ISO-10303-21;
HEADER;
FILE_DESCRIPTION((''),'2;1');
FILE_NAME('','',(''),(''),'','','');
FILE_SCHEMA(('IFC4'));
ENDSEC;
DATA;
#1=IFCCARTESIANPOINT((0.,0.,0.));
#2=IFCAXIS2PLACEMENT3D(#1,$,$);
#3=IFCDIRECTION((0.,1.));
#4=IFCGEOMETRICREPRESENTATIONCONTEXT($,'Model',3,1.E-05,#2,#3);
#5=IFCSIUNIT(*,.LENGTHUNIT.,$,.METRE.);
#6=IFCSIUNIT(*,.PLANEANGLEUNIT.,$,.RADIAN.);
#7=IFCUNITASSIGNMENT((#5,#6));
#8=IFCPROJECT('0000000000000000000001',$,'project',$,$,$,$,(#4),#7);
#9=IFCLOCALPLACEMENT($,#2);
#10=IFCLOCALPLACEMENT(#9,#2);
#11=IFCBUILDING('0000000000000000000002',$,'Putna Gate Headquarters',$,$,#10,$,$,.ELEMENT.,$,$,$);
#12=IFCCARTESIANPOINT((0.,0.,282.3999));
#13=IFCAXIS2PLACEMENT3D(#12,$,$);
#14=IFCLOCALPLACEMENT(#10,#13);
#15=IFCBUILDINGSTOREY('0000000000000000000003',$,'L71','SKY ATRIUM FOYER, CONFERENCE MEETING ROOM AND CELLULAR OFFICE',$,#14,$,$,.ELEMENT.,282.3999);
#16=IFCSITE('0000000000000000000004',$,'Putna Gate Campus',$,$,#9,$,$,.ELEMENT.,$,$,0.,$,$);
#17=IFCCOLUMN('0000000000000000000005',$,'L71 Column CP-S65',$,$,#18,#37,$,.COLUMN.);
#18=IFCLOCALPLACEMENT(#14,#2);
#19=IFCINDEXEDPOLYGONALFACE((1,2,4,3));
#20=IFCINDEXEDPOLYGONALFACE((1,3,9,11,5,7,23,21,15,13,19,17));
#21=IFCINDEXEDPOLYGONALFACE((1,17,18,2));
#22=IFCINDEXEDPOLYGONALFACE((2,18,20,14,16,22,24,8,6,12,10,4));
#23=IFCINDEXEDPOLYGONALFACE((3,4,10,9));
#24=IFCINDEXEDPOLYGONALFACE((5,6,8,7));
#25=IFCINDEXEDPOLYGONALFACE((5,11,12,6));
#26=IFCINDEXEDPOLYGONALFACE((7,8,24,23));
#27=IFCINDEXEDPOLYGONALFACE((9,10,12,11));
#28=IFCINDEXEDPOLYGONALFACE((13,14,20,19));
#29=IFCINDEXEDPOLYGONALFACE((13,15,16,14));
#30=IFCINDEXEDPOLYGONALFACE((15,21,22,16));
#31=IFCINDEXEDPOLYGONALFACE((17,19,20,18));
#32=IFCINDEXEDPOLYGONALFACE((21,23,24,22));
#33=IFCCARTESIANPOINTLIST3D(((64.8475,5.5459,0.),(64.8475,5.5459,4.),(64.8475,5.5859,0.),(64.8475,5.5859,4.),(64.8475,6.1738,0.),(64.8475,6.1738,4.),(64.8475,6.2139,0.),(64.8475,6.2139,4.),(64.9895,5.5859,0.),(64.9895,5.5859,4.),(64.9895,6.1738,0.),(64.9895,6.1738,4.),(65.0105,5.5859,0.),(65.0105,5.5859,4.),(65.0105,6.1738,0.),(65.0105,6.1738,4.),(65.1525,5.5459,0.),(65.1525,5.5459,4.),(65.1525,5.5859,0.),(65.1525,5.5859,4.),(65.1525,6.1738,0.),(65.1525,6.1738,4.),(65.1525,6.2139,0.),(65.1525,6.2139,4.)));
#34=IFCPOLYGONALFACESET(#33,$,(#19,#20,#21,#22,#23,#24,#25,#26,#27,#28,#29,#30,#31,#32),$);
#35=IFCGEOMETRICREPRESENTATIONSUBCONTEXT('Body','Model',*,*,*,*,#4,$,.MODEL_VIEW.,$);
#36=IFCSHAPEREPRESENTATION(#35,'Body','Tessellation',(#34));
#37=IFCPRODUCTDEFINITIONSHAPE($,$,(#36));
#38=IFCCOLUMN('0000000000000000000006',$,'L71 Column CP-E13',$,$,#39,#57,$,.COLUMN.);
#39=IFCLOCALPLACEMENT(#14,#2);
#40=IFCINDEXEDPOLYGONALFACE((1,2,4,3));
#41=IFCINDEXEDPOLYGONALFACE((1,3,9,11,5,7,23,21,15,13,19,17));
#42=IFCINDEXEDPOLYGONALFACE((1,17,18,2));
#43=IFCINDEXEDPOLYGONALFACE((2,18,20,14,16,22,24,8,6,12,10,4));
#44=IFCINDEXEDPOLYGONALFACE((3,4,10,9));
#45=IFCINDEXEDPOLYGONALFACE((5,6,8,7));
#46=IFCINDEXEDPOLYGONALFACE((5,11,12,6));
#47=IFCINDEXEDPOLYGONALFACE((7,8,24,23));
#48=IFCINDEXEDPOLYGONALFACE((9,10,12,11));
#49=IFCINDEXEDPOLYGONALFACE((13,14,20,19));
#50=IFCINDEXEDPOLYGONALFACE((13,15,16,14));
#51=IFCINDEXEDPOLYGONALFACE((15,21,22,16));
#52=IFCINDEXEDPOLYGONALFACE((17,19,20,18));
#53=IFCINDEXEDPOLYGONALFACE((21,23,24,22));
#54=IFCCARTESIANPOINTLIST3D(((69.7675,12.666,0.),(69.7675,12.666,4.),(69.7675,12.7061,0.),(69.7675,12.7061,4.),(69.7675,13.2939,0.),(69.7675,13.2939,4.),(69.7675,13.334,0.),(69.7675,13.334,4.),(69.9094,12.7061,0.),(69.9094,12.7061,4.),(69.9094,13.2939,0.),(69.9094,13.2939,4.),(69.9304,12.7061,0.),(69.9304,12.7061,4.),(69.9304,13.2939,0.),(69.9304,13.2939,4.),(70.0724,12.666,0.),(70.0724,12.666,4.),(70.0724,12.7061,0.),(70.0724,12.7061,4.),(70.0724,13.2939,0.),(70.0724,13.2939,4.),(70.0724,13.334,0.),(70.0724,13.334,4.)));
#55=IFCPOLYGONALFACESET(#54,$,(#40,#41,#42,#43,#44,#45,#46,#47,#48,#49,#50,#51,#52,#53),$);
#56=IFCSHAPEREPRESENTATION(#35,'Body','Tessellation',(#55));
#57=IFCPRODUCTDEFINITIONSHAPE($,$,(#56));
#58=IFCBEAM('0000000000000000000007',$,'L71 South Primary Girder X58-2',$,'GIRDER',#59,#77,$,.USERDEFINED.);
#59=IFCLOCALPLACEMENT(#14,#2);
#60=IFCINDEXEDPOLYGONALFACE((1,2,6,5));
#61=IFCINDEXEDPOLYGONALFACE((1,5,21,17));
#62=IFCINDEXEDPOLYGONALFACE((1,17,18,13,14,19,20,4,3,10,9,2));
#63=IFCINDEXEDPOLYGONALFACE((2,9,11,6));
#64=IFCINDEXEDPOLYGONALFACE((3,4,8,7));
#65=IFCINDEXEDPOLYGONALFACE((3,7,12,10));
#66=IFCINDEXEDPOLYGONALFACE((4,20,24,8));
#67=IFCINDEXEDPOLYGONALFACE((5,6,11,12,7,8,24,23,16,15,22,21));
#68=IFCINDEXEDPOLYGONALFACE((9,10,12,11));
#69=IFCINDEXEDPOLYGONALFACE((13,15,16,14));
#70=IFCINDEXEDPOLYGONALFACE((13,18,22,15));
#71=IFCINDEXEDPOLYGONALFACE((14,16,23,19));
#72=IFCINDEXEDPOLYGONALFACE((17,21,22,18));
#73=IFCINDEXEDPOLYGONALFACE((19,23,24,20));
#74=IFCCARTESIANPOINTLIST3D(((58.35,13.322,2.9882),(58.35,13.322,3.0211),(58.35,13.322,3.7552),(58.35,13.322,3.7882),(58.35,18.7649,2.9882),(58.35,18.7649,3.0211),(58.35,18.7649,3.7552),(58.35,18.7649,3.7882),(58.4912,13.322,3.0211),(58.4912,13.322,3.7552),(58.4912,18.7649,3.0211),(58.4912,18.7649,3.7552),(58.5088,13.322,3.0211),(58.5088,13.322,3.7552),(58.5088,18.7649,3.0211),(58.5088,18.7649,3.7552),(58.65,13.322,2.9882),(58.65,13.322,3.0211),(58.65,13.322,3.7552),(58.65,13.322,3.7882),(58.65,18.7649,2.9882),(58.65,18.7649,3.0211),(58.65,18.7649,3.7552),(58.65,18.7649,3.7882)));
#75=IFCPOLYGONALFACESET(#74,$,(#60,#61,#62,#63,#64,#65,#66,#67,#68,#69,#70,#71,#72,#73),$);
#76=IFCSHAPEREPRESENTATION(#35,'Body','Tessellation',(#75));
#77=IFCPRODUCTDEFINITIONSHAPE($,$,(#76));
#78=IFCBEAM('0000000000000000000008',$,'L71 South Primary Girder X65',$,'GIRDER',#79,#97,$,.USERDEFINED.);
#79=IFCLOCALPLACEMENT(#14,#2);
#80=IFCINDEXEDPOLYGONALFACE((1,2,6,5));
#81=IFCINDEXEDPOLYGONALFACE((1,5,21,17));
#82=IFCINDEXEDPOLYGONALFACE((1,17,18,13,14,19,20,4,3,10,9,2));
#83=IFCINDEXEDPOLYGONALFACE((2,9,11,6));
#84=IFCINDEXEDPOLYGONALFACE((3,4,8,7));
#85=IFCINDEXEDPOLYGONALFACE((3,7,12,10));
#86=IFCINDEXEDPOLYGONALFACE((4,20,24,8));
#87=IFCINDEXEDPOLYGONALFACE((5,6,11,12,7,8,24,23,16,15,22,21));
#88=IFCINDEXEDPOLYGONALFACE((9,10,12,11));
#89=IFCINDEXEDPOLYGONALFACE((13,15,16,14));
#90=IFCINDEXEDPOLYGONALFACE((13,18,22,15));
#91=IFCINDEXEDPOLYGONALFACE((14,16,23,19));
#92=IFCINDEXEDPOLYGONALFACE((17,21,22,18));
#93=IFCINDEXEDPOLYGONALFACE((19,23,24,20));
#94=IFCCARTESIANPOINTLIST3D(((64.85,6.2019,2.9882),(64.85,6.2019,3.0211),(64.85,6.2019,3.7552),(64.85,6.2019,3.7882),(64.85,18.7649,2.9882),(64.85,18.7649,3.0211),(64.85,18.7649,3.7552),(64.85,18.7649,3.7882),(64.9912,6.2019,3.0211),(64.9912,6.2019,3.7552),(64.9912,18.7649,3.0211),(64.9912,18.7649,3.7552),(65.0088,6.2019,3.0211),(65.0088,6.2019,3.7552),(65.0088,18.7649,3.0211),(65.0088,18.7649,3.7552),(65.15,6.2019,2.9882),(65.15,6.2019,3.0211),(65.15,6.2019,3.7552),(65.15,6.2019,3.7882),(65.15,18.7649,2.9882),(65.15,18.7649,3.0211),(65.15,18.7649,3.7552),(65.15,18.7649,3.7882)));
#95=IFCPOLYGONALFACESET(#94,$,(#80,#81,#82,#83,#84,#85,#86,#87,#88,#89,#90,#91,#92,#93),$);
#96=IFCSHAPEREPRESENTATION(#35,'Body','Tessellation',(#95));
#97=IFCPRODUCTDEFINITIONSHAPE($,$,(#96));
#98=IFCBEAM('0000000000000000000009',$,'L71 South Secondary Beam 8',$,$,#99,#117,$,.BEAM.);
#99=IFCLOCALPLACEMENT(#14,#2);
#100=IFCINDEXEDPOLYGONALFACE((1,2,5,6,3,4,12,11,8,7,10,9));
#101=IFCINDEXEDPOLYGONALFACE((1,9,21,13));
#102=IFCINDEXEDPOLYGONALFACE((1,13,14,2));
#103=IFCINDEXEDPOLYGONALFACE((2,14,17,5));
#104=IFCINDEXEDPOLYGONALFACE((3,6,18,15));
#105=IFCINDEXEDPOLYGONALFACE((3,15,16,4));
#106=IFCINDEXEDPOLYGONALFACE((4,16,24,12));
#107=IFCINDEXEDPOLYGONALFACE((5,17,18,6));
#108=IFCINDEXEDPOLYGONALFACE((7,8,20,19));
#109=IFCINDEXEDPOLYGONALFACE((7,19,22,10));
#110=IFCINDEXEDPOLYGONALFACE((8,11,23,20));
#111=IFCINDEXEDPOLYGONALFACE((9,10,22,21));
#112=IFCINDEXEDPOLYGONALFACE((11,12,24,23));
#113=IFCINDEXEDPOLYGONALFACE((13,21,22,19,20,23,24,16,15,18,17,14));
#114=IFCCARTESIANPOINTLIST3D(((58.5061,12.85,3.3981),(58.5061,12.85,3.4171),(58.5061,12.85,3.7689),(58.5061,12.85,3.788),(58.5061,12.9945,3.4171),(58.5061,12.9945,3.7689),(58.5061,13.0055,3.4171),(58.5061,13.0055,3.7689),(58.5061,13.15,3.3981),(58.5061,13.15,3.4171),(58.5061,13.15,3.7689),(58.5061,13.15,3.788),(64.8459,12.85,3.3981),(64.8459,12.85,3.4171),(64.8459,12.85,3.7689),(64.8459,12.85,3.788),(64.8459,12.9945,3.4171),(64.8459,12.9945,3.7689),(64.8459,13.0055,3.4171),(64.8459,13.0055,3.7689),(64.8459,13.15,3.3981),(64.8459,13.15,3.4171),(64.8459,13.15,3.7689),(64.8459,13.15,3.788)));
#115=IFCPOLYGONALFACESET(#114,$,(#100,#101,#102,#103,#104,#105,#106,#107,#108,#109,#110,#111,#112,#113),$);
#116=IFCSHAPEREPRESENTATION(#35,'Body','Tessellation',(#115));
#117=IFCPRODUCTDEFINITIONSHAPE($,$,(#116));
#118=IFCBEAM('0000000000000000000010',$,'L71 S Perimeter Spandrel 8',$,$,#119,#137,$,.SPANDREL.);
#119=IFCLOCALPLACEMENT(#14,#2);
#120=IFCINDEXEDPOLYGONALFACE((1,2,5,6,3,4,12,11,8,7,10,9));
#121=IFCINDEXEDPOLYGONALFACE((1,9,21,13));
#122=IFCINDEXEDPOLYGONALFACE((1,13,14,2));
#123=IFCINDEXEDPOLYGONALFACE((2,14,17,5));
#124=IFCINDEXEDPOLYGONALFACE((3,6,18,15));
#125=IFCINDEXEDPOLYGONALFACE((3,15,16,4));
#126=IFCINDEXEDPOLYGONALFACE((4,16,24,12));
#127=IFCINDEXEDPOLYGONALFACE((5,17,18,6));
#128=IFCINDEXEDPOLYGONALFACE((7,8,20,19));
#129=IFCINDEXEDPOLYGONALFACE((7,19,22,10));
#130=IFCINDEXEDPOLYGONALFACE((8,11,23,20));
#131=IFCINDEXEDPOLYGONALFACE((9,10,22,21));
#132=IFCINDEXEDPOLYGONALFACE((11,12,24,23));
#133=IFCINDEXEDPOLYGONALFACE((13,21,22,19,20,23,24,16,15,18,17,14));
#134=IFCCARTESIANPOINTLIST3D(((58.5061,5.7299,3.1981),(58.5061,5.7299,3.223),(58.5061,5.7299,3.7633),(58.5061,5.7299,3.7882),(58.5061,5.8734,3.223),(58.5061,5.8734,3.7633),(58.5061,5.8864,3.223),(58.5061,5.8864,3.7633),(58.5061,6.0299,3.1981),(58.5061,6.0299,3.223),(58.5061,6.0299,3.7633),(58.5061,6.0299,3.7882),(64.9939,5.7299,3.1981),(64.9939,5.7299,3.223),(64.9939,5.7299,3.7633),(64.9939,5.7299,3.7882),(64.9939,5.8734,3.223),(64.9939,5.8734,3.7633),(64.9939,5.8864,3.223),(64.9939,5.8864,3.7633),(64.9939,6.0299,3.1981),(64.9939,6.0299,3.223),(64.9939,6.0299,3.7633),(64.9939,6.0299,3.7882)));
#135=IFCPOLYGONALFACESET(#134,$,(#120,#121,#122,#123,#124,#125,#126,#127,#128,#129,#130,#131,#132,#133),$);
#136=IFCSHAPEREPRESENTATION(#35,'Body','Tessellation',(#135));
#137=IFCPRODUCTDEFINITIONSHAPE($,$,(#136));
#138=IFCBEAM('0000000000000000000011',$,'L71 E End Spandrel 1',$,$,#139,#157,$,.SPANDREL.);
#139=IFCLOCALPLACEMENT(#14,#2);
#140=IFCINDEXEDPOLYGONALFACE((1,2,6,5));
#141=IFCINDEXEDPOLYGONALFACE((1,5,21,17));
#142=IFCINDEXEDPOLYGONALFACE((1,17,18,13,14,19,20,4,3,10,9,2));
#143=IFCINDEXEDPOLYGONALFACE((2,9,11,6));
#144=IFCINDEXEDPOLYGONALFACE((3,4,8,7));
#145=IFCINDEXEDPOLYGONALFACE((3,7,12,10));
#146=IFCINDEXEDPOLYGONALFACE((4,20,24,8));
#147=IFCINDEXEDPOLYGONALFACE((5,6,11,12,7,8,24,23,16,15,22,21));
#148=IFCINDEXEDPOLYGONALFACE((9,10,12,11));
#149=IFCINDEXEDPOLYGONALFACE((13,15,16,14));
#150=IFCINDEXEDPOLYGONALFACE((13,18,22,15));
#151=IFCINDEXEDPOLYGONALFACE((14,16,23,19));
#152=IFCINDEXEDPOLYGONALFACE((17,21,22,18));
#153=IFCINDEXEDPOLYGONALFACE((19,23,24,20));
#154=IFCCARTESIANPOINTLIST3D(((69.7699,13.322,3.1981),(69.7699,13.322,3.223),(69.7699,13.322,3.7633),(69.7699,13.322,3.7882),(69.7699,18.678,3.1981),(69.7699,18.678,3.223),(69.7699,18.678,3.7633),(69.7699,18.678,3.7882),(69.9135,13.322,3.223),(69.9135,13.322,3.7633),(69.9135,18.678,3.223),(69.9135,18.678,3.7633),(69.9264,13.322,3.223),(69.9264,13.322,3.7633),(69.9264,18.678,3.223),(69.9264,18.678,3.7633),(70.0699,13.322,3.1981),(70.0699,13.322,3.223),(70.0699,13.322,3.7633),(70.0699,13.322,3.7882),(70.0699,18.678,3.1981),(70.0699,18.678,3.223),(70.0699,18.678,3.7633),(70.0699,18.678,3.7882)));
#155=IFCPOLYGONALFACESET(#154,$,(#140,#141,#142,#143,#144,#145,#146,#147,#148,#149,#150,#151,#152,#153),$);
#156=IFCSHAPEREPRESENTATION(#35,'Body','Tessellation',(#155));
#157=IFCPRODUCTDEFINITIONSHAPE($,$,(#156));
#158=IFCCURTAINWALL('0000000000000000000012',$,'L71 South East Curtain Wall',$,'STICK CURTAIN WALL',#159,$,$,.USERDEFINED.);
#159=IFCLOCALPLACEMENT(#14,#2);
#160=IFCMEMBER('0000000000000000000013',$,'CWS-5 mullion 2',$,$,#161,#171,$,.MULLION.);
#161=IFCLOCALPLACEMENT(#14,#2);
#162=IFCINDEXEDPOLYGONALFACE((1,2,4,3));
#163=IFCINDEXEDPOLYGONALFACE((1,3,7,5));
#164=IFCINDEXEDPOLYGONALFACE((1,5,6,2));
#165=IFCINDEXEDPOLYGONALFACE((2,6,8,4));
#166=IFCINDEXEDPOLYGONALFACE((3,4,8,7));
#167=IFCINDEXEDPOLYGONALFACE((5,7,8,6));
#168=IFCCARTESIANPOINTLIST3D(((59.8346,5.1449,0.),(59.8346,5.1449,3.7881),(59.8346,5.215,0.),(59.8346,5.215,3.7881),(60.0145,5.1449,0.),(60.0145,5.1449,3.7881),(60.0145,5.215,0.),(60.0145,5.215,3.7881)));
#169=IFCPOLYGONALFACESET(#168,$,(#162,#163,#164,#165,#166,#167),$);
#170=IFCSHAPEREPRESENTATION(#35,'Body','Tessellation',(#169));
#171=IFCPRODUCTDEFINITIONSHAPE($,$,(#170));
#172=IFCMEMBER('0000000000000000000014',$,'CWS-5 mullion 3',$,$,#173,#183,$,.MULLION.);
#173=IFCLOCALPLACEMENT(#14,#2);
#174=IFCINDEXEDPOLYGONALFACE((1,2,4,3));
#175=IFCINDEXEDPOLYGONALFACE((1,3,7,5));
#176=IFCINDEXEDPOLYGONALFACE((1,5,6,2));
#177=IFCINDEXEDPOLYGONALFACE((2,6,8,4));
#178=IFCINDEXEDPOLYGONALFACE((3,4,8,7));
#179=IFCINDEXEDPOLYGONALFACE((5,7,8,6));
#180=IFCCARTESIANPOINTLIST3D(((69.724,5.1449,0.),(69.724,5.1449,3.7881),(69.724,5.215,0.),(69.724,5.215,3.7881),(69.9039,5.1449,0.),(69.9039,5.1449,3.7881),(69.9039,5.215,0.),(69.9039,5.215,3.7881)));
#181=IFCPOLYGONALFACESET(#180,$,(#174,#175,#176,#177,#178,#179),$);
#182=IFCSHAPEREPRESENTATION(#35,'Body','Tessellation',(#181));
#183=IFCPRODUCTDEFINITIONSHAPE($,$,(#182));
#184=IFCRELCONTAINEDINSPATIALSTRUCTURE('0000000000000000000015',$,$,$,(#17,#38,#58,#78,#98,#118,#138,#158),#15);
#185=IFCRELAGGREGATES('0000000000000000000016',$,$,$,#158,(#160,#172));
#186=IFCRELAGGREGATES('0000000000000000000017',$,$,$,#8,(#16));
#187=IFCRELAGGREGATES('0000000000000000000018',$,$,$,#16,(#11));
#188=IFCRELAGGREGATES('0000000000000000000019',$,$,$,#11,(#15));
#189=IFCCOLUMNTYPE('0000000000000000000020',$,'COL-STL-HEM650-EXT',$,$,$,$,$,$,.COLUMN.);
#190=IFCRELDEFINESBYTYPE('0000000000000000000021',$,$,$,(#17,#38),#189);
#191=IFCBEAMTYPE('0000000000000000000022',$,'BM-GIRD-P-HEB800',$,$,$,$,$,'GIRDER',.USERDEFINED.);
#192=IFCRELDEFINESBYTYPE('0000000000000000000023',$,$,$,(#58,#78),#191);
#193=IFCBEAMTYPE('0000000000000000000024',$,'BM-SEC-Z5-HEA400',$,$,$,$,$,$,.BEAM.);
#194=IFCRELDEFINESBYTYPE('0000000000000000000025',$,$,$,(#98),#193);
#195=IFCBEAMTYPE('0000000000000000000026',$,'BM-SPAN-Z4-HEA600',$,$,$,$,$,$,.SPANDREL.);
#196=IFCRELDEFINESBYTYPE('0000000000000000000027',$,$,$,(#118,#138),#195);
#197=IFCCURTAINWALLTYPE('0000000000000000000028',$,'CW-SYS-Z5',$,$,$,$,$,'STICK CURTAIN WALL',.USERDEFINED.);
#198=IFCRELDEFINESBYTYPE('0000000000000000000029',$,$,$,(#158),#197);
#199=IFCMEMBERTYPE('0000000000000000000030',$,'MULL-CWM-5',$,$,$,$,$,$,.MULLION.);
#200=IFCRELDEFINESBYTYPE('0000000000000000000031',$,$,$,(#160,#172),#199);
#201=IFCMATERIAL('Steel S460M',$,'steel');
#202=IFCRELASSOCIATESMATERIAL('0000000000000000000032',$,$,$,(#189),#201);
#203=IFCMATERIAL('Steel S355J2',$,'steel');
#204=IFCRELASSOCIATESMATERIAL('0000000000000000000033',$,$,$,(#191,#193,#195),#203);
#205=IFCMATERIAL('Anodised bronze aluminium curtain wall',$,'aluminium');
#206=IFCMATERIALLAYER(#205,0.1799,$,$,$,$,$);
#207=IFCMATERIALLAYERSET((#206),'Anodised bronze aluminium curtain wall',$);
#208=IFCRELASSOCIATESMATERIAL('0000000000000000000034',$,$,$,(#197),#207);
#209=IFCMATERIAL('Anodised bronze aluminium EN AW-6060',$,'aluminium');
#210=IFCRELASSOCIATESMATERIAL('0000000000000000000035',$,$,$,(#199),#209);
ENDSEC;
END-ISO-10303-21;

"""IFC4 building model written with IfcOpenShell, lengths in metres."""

from ifc_helpers import new_model, si_unit, direction, frame, origin, origin_2d, place, context, subcontext, project, spatial, rectangle, i_section, extrude, material, layer, layer_set, material_profile, profile_set, type_object, element, aggregate, save


model = new_model("IFC4")

# Units and contexts
model_context = context("Model", 3, precision=1e-05, world=origin(), true_north=direction((0.0, 1.0)))
body_context = subcontext(model_context, "Body", "Model", "MODEL_VIEW")
ifc_project = project(units=[si_unit("LENGTHUNIT", "METRE"), si_unit("PLANEANGLEUNIT", "RADIAN")], contexts=[model_context])

# Site, building, storey
site_placement = place(None, origin())
site = spatial("IfcSite", under=ifc_project, at=site_placement, Name="Putna Gate Campus", CompositionType="ELEMENT", RefElevation=0.0)
building_placement = place(site_placement, origin())
building = spatial("IfcBuilding", under=site, at=building_placement, Name="Putna Gate Headquarters", CompositionType="ELEMENT")
storey_placement = place(building_placement, frame((0.0, 0.0, 282.3999)))
storey = spatial("IfcBuildingStorey", under=building, at=storey_placement, Name="L71", Description="SKY ATRIUM FOYER, CONFERENCE MEETING ROOM AND CELLULAR OFFICE", CompositionType="ELEMENT", Elevation=282.3999)

# Columns
ifc_material_1 = material(Name="Steel S460M", Category="steel")
ifc_material_profile_1 = material_profile(ifc_material_1, i_section(OverallWidth=0.3049, OverallDepth=0.668, WebThickness=0.021, FlangeThickness=0.04, at=origin_2d()), Name="Steel S460M")
ifc_profile_set_1 = profile_set([ifc_material_profile_1], Name="Steel S460M")
column_type = type_object("IfcColumnType", Name="COL-STL-HEM650-EXT", PredefinedType="COLUMN", material=ifc_profile_set_1)
for number, where, z_axis, x_axis, name in (
    (1, (65.0, 5.8799, 0.0), (0.0, 0.0, 1.0), (1.0, 0.0, 0.0), "L71 Column CP-S65"),
    (2, (69.9199, 13.0, 0.0), (0.0, 0.0, 1.0), (1.0, 0.0, 0.0), "L71 Column CP-E13"),
):
    element("IfcColumn", number, at=place(storey_placement, frame(where, z_axis=z_axis, x_axis=x_axis)), inside=storey, type_object=column_type, Name=name, PredefinedType="COLUMN", context=body_context, shape_type="SweptSolid", body=[
        extrude(i_section(OverallWidth=0.3049, OverallDepth=0.668, WebThickness=0.021, FlangeThickness=0.04, at=origin_2d()), origin(), (0.0, 0.0, 1.0), 4.0),
    ])

# Beams
ifc_material_2 = material(Name="Steel S355J2", Category="steel")
ifc_material_profile_2 = material_profile(ifc_material_2, i_section(OverallWidth=0.3, OverallDepth=0.8, WebThickness=0.0176, FlangeThickness=0.033, at=origin_2d()), Name="Steel S355J2")
ifc_profile_set_2 = profile_set([ifc_material_profile_2], Name="Steel S355J2")
beam_type_1 = type_object("IfcBeamType", Name="BM-GIRD-P-HEB800", ElementType="GIRDER", PredefinedType="USERDEFINED", material=ifc_profile_set_2)
beam_1_placement = place(storey_placement, frame((58.5, 13.322, 3.3882), z_axis=(0.0, 1.0, 0.0), x_axis=(-1.0, 0.0, 0.0)))
element("IfcBeam", 3, at=beam_1_placement, inside=storey, type_object=beam_type_1, Name="L71 South Primary Girder X58-2", ObjectType="GIRDER", PredefinedType="USERDEFINED", context=body_context, shape_type="SweptSolid", body=[
    extrude(i_section(OverallWidth=0.3, OverallDepth=0.8, WebThickness=0.0176, FlangeThickness=0.033, at=origin_2d()), origin(), (0.0, 0.0, 1.0), 5.4429),
])
beam_2_placement = place(storey_placement, frame((65.0, 6.2019, 3.3882), z_axis=(0.0, 1.0, 0.0), x_axis=(-1.0, 0.0, 0.0)))
element("IfcBeam", 4, at=beam_2_placement, inside=storey, type_object=beam_type_1, Name="L71 South Primary Girder X65", ObjectType="GIRDER", PredefinedType="USERDEFINED", context=body_context, shape_type="SweptSolid", body=[
    extrude(i_section(OverallWidth=0.3, OverallDepth=0.8, WebThickness=0.0176, FlangeThickness=0.033, at=origin_2d()), origin(), (0.0, 0.0, 1.0), 12.563),
])
ifc_material_profile_3 = material_profile(ifc_material_2, i_section(OverallWidth=0.3, OverallDepth=0.3899, WebThickness=0.011, FlangeThickness=0.019, at=origin_2d()), Name="Steel S355J2")
ifc_profile_set_3 = profile_set([ifc_material_profile_3], Name="Steel S355J2")
beam_type_2 = type_object("IfcBeamType", Name="BM-SEC-Z5-HEA400", PredefinedType="BEAM", material=ifc_profile_set_3)
beam_3_placement = place(storey_placement, frame((58.5061, 13.0, 3.593), z_axis=(1.0, 0.0, 0.0), x_axis=(0.0, 1.0, 0.0)))
element("IfcBeam", 5, at=beam_3_placement, inside=storey, type_object=beam_type_2, Name="L71 South Secondary Beam 8", PredefinedType="BEAM", context=body_context, shape_type="SweptSolid", body=[
    extrude(i_section(OverallWidth=0.3, OverallDepth=0.3899, WebThickness=0.011, FlangeThickness=0.019, at=origin_2d()), origin(), (0.0, 0.0, 1.0), 6.3398),
])
ifc_material_profile_4 = material_profile(ifc_material_2, i_section(OverallWidth=0.3, OverallDepth=0.5901, WebThickness=0.0129, FlangeThickness=0.0249, at=origin_2d()), Name="Steel S355J2")
ifc_profile_set_4 = profile_set([ifc_material_profile_4], Name="Steel S355J2")
beam_type_3 = type_object("IfcBeamType", Name="BM-SPAN-Z4-HEA600", PredefinedType="SPANDREL", material=ifc_profile_set_4)
beam_4_placement = place(storey_placement, frame((58.5061, 5.8799, 3.4932), z_axis=(1.0, 0.0, 0.0), x_axis=(0.0, 1.0, 0.0)))
element("IfcBeam", 6, at=beam_4_placement, inside=storey, type_object=beam_type_3, Name="L71 S Perimeter Spandrel 8", PredefinedType="SPANDREL", context=body_context, shape_type="SweptSolid", body=[
    extrude(i_section(OverallWidth=0.3, OverallDepth=0.5901, WebThickness=0.0129, FlangeThickness=0.0249, at=origin_2d()), origin(), (0.0, 0.0, 1.0), 6.4878),
])
beam_5_placement = place(storey_placement, frame((69.9199, 13.322, 3.4932), z_axis=(0.0, 1.0, 0.0), x_axis=(-1.0, 0.0, 0.0)))
element("IfcBeam", 7, at=beam_5_placement, inside=storey, type_object=beam_type_3, Name="L71 E End Spandrel 1", PredefinedType="SPANDREL", context=body_context, shape_type="SweptSolid", body=[
    extrude(i_section(OverallWidth=0.3, OverallDepth=0.5901, WebThickness=0.0129, FlangeThickness=0.0249, at=origin_2d()), origin(), (0.0, 0.0, 1.0), 5.356),
])

# Curtain wall, members
ifc_material_3 = material(Name="Anodised bronze aluminium curtain wall", Category="aluminium")
ifc_layer_1 = layer(ifc_material_3, 0.1799)
ifc_layer_set_1 = layer_set([ifc_layer_1], Name="Anodised bronze aluminium curtain wall")
curtain_wall_type = type_object("IfcCurtainWallType", Name="CW-SYS-Z5", ElementType="STICK CURTAIN WALL", PredefinedType="USERDEFINED", material=ifc_layer_set_1)
curtain_wall_1_placement = place(storey_placement, origin())
curtain_wall_1 = element("IfcCurtainWall", 8, at=curtain_wall_1_placement, inside=storey, type_object=curtain_wall_type, Name="L71 South East Curtain Wall", ObjectType="STICK CURTAIN WALL", PredefinedType="USERDEFINED")
ifc_material_4 = material(Name="Anodised bronze aluminium EN AW-6060", Category="aluminium")
ifc_material_profile_5 = material_profile(ifc_material_4, rectangle(XDim=0.0701, YDim=0.1799, at=origin_2d()), Name="Anodised bronze aluminium EN AW-6060")
ifc_profile_set_5 = profile_set([ifc_material_profile_5], Name="Anodised bronze aluminium EN AW-6060")
member_type_1 = type_object("IfcMemberType", Name="MULL-CWM-5", PredefinedType="MULLION", material=ifc_profile_set_5)
member_1_placement = place(storey_placement, frame((59.9246, 5.1799, 0.0), z_axis=(0.0, 0.0, 1.0), x_axis=(0.0, 1.0, 0.0)))
member_1 = element("IfcMember", 9, at=member_1_placement, type_object=member_type_1, Name="CWS-5 mullion 2", PredefinedType="MULLION", context=body_context, shape_type="SweptSolid", body=[
    extrude(rectangle(XDim=0.0701, YDim=0.1799, at=origin_2d()), origin(), (0.0, 0.0, 1.0), 3.7881),
])
member_2_placement = place(storey_placement, frame((69.814, 5.1799, 0.0), z_axis=(0.0, 0.0, 1.0), x_axis=(0.0, 1.0, 0.0)))
member_2 = element("IfcMember", 10, at=member_2_placement, type_object=member_type_1, Name="CWS-5 mullion 3", PredefinedType="MULLION", context=body_context, shape_type="SweptSolid", body=[
    extrude(rectangle(XDim=0.0701, YDim=0.1799, at=origin_2d()), origin(), (0.0, 0.0, 1.0), 3.7881),
])

aggregate(curtain_wall_1, [member_1, member_2])

save(model, "model.ifc")
